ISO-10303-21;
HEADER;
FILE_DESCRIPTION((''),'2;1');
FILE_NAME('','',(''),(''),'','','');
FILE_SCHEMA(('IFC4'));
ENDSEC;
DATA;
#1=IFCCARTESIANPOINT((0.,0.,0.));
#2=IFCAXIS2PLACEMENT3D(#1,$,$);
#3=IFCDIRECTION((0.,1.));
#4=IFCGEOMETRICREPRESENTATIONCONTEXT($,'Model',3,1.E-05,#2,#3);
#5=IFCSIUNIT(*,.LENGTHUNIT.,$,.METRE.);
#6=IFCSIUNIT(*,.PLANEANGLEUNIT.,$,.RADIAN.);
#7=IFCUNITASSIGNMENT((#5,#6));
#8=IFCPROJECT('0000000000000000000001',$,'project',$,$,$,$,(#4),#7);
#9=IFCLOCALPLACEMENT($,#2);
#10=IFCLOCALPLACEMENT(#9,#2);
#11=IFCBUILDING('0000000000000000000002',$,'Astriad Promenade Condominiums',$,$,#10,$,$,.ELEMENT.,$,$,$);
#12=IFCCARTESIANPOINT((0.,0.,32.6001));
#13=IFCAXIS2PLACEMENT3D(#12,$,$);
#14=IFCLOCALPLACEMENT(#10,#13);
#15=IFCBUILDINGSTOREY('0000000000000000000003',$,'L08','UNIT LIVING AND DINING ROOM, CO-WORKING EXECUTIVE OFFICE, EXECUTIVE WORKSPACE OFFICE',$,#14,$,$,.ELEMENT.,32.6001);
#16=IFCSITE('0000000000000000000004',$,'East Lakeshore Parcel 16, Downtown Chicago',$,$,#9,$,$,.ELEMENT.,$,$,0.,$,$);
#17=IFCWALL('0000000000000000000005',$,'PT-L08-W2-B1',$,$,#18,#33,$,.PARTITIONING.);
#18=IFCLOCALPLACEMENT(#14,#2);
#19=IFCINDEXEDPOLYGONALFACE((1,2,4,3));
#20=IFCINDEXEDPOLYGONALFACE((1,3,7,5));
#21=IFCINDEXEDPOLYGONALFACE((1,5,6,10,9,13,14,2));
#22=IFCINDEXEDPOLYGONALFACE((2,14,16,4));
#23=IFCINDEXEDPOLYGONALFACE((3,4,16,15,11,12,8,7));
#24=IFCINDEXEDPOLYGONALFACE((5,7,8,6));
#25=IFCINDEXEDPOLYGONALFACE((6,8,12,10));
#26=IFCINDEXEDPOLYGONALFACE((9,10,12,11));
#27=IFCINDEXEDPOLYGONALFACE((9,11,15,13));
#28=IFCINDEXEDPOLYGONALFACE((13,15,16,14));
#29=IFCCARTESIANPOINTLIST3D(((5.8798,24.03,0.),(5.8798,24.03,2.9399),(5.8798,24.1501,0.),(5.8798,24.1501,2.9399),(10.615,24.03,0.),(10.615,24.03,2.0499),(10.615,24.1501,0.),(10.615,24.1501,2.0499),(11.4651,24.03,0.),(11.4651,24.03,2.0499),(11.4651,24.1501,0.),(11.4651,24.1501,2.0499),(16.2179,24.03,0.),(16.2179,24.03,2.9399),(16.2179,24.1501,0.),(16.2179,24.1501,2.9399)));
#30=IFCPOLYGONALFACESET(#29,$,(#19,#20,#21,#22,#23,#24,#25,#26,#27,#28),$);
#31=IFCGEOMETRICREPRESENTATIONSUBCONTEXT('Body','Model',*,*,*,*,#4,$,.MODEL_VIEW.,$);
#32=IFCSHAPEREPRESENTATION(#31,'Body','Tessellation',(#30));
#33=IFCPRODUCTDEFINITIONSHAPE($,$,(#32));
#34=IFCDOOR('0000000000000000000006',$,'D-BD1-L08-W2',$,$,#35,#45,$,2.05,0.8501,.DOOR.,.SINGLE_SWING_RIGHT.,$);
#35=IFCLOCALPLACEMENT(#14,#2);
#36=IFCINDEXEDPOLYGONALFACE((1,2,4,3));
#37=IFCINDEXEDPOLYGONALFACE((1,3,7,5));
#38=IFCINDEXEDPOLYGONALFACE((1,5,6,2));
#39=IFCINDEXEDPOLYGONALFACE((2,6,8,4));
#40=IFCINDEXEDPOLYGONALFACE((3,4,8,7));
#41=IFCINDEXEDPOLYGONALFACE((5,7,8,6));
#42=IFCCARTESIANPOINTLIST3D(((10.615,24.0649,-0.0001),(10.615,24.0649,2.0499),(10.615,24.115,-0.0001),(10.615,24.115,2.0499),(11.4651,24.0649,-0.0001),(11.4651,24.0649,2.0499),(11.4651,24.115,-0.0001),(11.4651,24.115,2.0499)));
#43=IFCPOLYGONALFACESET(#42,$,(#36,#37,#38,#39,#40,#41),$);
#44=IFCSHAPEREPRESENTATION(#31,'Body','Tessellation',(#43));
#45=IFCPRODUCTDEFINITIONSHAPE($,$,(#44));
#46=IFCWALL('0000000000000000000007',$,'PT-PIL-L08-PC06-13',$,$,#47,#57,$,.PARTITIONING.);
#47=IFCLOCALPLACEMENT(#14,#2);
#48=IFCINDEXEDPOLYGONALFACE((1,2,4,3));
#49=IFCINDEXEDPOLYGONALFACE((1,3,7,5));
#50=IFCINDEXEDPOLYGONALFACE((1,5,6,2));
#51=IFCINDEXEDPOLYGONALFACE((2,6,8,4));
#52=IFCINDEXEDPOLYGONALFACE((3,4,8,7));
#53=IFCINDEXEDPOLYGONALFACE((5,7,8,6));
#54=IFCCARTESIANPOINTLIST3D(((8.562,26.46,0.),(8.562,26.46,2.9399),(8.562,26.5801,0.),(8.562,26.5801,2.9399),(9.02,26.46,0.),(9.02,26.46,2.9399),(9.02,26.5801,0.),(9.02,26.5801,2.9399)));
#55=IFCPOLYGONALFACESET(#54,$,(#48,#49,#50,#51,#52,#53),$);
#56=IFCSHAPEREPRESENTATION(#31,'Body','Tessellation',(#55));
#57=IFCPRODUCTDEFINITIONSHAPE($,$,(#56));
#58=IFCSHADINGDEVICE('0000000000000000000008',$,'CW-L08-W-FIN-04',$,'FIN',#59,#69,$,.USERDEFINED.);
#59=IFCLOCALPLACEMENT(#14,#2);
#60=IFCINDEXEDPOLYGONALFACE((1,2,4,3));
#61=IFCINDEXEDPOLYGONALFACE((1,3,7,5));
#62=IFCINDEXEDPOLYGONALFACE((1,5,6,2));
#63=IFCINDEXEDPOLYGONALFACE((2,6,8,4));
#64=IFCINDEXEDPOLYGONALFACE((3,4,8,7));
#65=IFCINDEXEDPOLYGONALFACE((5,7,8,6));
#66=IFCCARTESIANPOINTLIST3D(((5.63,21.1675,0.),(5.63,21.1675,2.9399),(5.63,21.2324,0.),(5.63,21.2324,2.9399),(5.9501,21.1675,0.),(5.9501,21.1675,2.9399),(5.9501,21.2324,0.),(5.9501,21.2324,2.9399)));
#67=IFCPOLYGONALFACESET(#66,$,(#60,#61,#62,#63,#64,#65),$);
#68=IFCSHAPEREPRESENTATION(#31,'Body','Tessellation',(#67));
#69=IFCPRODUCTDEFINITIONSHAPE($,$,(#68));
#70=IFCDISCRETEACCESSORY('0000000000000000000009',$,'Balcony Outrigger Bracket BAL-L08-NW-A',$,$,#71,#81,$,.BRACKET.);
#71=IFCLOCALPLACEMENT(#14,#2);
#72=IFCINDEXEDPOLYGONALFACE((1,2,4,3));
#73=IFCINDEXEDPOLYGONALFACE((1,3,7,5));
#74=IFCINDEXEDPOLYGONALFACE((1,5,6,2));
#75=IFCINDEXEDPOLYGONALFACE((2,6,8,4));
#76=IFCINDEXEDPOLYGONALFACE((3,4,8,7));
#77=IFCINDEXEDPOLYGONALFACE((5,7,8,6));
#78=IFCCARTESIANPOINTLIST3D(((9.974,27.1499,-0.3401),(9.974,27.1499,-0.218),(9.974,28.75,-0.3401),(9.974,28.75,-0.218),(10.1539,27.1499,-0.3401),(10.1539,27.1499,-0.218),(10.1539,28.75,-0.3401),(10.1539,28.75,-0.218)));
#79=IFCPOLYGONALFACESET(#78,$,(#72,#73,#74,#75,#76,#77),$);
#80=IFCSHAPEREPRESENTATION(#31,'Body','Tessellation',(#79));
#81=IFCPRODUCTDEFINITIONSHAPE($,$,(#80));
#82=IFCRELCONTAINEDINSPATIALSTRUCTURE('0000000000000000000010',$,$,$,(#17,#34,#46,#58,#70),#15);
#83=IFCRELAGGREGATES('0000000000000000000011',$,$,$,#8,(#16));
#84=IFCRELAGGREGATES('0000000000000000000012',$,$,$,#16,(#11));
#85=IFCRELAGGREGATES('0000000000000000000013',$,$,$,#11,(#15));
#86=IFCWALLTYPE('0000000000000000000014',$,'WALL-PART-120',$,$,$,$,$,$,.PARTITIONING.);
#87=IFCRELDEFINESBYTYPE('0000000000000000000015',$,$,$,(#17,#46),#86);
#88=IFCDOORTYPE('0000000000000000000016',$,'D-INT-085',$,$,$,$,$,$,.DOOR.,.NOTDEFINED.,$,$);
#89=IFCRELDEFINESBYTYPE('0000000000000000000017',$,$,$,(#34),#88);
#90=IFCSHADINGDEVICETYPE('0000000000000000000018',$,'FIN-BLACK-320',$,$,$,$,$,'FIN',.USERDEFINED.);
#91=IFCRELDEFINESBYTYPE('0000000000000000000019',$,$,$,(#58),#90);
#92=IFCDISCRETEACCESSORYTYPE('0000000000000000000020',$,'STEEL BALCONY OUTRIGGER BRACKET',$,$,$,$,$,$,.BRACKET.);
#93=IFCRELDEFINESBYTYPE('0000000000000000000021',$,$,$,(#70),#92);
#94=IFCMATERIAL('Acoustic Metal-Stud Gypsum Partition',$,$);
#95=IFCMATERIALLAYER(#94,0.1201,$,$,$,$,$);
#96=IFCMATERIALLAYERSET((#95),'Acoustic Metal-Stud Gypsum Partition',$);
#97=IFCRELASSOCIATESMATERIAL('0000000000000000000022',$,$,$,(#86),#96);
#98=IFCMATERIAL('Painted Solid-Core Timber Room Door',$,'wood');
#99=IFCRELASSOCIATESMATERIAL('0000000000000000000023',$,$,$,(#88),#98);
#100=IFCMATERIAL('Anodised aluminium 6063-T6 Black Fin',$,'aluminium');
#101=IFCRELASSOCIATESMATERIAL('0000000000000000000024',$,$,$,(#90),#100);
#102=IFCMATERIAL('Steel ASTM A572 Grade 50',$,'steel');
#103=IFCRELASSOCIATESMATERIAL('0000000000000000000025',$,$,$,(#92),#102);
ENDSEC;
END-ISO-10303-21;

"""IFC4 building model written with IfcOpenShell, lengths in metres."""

from ifc_helpers import new_model, si_unit, direction, frame, frame_2d, origin, origin_2d, place, context, subcontext, project, spatial, rectangle, extrude, source, transform, mapped, material, layer, layer_set, type_object, type_shapes, element, fill, save


model = new_model("IFC4")

# Units and contexts
model_context = context("Model", 3, precision=1e-05, world=origin(), true_north=direction((0.0, 1.0)))
body_context = subcontext(model_context, "Body", "Model", "MODEL_VIEW")
ifc_project = project(units=[si_unit("LENGTHUNIT", "METRE"), si_unit("PLANEANGLEUNIT", "RADIAN")], contexts=[model_context])

# Site, building, storey
site_placement = place(None, origin())
site = spatial("IfcSite", under=ifc_project, at=site_placement, Name="East Lakeshore Parcel 16, Downtown Chicago", CompositionType="ELEMENT", RefElevation=0.0)
building_placement = place(site_placement, origin())
building = spatial("IfcBuilding", under=site, at=building_placement, Name="Astriad Promenade Condominiums", CompositionType="ELEMENT")
storey_placement = place(building_placement, frame((0.0, 0.0, 32.6001)))
storey = spatial("IfcBuildingStorey", under=building, at=storey_placement, Name="L08", Description="UNIT LIVING AND DINING ROOM, CO-WORKING EXECUTIVE OFFICE, EXECUTIVE WORKSPACE OFFICE", CompositionType="ELEMENT", Elevation=32.6001)

# Shared definitions
ifc_material_1 = material(Name="Acoustic Metal-Stud Gypsum Partition")
ifc_layer_1 = layer(ifc_material_1, 0.1201)
ifc_layer_set_1 = layer_set([ifc_layer_1], Name="Acoustic Metal-Stud Gypsum Partition")
wall_type_1 = type_object("IfcWallType", Name="WALL-PART-120", PredefinedType="PARTITIONING", material=ifc_layer_set_1)
ifc_material_2 = material(Name="Painted Solid-Core Timber Room Door", Category="wood")
door_type_1 = type_object("IfcDoorType", Name="D-INT-085", OperationType="NOTDEFINED", PredefinedType="DOOR", material=ifc_material_2)
shared_shape_1 = source(origin(), body_context, "Body", "SweptSolid", [
    extrude(rectangle(XDim=0.8501, YDim=2.05, at=frame_2d((0.425, 1.0249))), frame((0.0, 0.0249, 0.0), z_axis=(0.0, -1.0, 0.0), x_axis=(1.0, 0.0, 0.0)), (0.0, 0.0, 1.0), 0.05),
])
type_shapes(door_type_1, [shared_shape_1])

# Wall, opening, door
wall_1_placement = place(storey_placement, frame((5.8799, 24.0901, 0.0), z_axis=(0.0, 0.0, 1.0), x_axis=(1.0, 0.0, 0.0)))
wall_1 = element("IfcWall", 1, at=wall_1_placement, inside=storey, type_object=wall_type_1, Name="PT-L08-W2-B1", PredefinedType="PARTITIONING", context=body_context, shape_type="SweptSolid", body=[
    extrude(rectangle(XDim=10.3381, YDim=0.1201, at=frame_2d((5.1689, 0.0))), origin(), (0.0, 0.0, 1.0), 2.9399),
])
opening_1_placement = place(wall_1_placement, frame((4.7351, 0.0, 0.0)))
opening_1 = element("IfcOpeningElement", 2, at=opening_1_placement, cuts=wall_1, PredefinedType="OPENING", context=body_context, shape_type="SweptSolid", body=[
    extrude(rectangle(XDim=0.8501, YDim=2.05, at=frame_2d((0.425, 1.0249))), frame((0.0, 0.0701, 0.0), z_axis=(0.0, -1.0, 0.0), x_axis=(1.0, 0.0, 0.0)), (0.0, 0.0, 1.0), 0.1401),
])
door_1_placement = place(opening_1_placement, origin())
door_1 = element("IfcDoor", 3, at=door_1_placement, inside=storey, type_object=door_type_1, Name="D-BD1-L08-W2", OperationType="SINGLE_SWING_RIGHT", OverallHeight=2.05, OverallWidth=0.8501, PredefinedType="DOOR", context=body_context, shape_type="MappedRepresentation", body=[
    mapped(shared_shape_1, transform((0.0, 0.0, 0.0), scale=1.0)),
])
fill(opening_1, door_1)

# Wall
wall_2_placement = place(storey_placement, frame((9.02, 26.52, 0.0), z_axis=(0.0, 0.0, 1.0), x_axis=(-1.0, 0.0, 0.0)))
element("IfcWall", 4, at=wall_2_placement, inside=storey, type_object=wall_type_1, Name="PT-PIL-L08-PC06-13", PredefinedType="PARTITIONING", context=body_context, shape_type="SweptSolid", body=[
    extrude(rectangle(XDim=0.458, YDim=0.1201, at=frame_2d((0.229, 0.0))), origin(), (0.0, 0.0, 1.0), 2.9399),
])

# Shading device
ifc_material_3 = material(Name="Anodised aluminium 6063-T6 Black Fin", Category="aluminium")
shading_device_type = type_object("IfcShadingDeviceType", Name="FIN-BLACK-320", ElementType="FIN", PredefinedType="USERDEFINED", material=ifc_material_3)
shared_shape_2 = source(origin(), body_context, "Body", "SweptSolid", [
    extrude(rectangle(XDim=0.0649, YDim=0.3201, at=origin_2d()), origin(), (0.0, 0.0, 1.0), 2.9399),
])
type_shapes(shading_device_type, [shared_shape_2])
shading_device_placement = place(storey_placement, frame((5.79, 21.2, 0.0), z_axis=(0.0, 0.0, 1.0), x_axis=(0.0, 1.0, 0.0)))
element("IfcShadingDevice", 5, at=shading_device_placement, inside=storey, type_object=shading_device_type, Name="CW-L08-W-FIN-04", ObjectType="FIN", PredefinedType="USERDEFINED", context=body_context, shape_type="MappedRepresentation", body=[
    mapped(shared_shape_2, transform((0.0, 0.0, 0.0), scale=1.0)),
])

# Discrete accessory
ifc_material_4 = material(Name="Steel ASTM A572 Grade 50", Category="steel")
discrete_accessory_type = type_object("IfcDiscreteAccessoryType", Name="STEEL BALCONY OUTRIGGER BRACKET", PredefinedType="BRACKET", material=ifc_material_4)
shared_shape_3 = source(origin(), body_context, "Body", "SweptSolid", [
    extrude(rectangle(XDim=1.6001, YDim=0.1799, at=origin_2d()), origin(), (0.0, 0.0, 1.0), 0.1221),
])
type_shapes(discrete_accessory_type, [shared_shape_3])
discrete_accessory_placement = place(storey_placement, frame((10.064, 27.95, -0.3401), z_axis=(0.0, 0.0, 1.0), x_axis=(0.0, 1.0, 0.0)))
element("IfcDiscreteAccessory", 6, at=discrete_accessory_placement, inside=storey, type_object=discrete_accessory_type, Name="Balcony Outrigger Bracket BAL-L08-NW-A", PredefinedType="BRACKET", context=body_context, shape_type="MappedRepresentation", body=[
    mapped(shared_shape_3, transform((0.0, 0.0, 0.0), scale=1.0)),
])

save(model, "model.ifc")
